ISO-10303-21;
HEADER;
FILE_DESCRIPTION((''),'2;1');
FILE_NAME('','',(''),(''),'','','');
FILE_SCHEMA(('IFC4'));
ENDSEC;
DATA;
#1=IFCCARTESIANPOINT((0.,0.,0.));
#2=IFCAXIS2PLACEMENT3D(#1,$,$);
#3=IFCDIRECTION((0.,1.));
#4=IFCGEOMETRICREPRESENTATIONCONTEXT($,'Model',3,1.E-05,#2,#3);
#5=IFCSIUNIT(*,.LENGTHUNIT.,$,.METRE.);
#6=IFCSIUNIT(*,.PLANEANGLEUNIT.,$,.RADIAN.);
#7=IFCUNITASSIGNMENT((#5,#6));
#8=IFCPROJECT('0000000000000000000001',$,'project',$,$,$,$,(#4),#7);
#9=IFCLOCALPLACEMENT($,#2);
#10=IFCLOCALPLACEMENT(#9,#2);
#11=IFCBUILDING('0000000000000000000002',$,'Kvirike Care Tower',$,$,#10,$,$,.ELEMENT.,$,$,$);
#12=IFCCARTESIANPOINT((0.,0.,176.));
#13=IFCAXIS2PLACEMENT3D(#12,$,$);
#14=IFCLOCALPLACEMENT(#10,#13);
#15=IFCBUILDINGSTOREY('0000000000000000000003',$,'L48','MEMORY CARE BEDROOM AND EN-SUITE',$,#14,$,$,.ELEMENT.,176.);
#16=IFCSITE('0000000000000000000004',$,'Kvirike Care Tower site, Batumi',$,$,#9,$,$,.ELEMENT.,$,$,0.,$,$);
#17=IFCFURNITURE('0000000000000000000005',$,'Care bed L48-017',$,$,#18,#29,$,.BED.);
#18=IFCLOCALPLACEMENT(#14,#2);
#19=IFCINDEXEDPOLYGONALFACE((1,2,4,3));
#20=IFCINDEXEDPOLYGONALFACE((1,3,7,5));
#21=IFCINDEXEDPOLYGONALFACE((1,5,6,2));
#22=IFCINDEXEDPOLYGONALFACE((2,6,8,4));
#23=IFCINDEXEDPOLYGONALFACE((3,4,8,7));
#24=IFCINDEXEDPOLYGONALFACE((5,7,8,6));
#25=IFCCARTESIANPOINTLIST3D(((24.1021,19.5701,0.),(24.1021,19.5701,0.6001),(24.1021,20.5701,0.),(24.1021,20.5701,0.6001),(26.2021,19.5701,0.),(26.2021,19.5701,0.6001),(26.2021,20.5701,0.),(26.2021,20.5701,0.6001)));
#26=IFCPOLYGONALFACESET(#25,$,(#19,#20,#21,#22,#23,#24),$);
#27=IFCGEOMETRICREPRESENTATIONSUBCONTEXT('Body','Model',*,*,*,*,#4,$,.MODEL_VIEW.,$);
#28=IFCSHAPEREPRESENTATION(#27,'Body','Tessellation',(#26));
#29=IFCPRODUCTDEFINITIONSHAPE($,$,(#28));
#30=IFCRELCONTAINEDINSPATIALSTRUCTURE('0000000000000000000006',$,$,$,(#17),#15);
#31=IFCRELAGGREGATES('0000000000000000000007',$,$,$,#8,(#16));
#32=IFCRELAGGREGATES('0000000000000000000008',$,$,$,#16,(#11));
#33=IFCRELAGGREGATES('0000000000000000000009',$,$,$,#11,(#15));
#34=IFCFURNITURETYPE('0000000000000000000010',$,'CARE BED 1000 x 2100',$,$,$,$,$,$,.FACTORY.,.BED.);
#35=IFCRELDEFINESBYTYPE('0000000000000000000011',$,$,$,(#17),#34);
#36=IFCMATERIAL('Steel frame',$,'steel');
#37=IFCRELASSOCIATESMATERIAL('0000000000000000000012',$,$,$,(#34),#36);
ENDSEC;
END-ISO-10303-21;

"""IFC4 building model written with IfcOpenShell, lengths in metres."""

from ifc_helpers import new_model, si_unit, direction, frame, origin, origin_2d, place, context, subcontext, project, spatial, rectangle, extrude, material, type_object, element, save


model = new_model("IFC4")

# Units and contexts
model_context = context("Model", 3, precision=1e-05, world=origin(), true_north=direction((0.0, 1.0)))
body_context = subcontext(model_context, "Body", "Model", "MODEL_VIEW")
ifc_project = project(units=[si_unit("LENGTHUNIT", "METRE"), si_unit("PLANEANGLEUNIT", "RADIAN")], contexts=[model_context])

# Site, building, storey
site_placement = place(None, origin())
site = spatial("IfcSite", under=ifc_project, at=site_placement, Name="Kvirike Care Tower site, Batumi", CompositionType="ELEMENT", RefElevation=0.0)
building_placement = place(site_placement, origin())
building = spatial("IfcBuilding", under=site, at=building_placement, Name="Kvirike Care Tower", CompositionType="ELEMENT")
storey_placement = place(building_placement, frame((0.0, 0.0, 176.0)))
storey = spatial("IfcBuildingStorey", under=building, at=storey_placement, Name="L48", Description="MEMORY CARE BEDROOM AND EN-SUITE", CompositionType="ELEMENT", Elevation=176.0)

# Furniture
ifc_material_1 = material(Name="Steel frame", Category="steel")
furniture_type = type_object("IfcFurnitureType", Name="CARE BED 1000 x 2100", AssemblyPlace="FACTORY", PredefinedType="BED", material=ifc_material_1)
for number, where, z_axis, x_axis, name in (
    (1, (25.1521, 20.0701, 0.0), (0.0, 0.0, 1.0), (0.0, 1.0, 0.0), "Care bed L48-017"),
):
    element("IfcFurniture", number, at=place(storey_placement, frame(where, z_axis=z_axis, x_axis=x_axis)), inside=storey, type_object=furniture_type, Name=name, PredefinedType="BED", context=body_context, shape_type="SweptSolid", body=[
        extrude(rectangle(XDim=1.0, YDim=2.1001, at=origin_2d()), origin(), (0.0, 0.0, 1.0), 0.6001),
    ])

save(model, "model.ifc")
